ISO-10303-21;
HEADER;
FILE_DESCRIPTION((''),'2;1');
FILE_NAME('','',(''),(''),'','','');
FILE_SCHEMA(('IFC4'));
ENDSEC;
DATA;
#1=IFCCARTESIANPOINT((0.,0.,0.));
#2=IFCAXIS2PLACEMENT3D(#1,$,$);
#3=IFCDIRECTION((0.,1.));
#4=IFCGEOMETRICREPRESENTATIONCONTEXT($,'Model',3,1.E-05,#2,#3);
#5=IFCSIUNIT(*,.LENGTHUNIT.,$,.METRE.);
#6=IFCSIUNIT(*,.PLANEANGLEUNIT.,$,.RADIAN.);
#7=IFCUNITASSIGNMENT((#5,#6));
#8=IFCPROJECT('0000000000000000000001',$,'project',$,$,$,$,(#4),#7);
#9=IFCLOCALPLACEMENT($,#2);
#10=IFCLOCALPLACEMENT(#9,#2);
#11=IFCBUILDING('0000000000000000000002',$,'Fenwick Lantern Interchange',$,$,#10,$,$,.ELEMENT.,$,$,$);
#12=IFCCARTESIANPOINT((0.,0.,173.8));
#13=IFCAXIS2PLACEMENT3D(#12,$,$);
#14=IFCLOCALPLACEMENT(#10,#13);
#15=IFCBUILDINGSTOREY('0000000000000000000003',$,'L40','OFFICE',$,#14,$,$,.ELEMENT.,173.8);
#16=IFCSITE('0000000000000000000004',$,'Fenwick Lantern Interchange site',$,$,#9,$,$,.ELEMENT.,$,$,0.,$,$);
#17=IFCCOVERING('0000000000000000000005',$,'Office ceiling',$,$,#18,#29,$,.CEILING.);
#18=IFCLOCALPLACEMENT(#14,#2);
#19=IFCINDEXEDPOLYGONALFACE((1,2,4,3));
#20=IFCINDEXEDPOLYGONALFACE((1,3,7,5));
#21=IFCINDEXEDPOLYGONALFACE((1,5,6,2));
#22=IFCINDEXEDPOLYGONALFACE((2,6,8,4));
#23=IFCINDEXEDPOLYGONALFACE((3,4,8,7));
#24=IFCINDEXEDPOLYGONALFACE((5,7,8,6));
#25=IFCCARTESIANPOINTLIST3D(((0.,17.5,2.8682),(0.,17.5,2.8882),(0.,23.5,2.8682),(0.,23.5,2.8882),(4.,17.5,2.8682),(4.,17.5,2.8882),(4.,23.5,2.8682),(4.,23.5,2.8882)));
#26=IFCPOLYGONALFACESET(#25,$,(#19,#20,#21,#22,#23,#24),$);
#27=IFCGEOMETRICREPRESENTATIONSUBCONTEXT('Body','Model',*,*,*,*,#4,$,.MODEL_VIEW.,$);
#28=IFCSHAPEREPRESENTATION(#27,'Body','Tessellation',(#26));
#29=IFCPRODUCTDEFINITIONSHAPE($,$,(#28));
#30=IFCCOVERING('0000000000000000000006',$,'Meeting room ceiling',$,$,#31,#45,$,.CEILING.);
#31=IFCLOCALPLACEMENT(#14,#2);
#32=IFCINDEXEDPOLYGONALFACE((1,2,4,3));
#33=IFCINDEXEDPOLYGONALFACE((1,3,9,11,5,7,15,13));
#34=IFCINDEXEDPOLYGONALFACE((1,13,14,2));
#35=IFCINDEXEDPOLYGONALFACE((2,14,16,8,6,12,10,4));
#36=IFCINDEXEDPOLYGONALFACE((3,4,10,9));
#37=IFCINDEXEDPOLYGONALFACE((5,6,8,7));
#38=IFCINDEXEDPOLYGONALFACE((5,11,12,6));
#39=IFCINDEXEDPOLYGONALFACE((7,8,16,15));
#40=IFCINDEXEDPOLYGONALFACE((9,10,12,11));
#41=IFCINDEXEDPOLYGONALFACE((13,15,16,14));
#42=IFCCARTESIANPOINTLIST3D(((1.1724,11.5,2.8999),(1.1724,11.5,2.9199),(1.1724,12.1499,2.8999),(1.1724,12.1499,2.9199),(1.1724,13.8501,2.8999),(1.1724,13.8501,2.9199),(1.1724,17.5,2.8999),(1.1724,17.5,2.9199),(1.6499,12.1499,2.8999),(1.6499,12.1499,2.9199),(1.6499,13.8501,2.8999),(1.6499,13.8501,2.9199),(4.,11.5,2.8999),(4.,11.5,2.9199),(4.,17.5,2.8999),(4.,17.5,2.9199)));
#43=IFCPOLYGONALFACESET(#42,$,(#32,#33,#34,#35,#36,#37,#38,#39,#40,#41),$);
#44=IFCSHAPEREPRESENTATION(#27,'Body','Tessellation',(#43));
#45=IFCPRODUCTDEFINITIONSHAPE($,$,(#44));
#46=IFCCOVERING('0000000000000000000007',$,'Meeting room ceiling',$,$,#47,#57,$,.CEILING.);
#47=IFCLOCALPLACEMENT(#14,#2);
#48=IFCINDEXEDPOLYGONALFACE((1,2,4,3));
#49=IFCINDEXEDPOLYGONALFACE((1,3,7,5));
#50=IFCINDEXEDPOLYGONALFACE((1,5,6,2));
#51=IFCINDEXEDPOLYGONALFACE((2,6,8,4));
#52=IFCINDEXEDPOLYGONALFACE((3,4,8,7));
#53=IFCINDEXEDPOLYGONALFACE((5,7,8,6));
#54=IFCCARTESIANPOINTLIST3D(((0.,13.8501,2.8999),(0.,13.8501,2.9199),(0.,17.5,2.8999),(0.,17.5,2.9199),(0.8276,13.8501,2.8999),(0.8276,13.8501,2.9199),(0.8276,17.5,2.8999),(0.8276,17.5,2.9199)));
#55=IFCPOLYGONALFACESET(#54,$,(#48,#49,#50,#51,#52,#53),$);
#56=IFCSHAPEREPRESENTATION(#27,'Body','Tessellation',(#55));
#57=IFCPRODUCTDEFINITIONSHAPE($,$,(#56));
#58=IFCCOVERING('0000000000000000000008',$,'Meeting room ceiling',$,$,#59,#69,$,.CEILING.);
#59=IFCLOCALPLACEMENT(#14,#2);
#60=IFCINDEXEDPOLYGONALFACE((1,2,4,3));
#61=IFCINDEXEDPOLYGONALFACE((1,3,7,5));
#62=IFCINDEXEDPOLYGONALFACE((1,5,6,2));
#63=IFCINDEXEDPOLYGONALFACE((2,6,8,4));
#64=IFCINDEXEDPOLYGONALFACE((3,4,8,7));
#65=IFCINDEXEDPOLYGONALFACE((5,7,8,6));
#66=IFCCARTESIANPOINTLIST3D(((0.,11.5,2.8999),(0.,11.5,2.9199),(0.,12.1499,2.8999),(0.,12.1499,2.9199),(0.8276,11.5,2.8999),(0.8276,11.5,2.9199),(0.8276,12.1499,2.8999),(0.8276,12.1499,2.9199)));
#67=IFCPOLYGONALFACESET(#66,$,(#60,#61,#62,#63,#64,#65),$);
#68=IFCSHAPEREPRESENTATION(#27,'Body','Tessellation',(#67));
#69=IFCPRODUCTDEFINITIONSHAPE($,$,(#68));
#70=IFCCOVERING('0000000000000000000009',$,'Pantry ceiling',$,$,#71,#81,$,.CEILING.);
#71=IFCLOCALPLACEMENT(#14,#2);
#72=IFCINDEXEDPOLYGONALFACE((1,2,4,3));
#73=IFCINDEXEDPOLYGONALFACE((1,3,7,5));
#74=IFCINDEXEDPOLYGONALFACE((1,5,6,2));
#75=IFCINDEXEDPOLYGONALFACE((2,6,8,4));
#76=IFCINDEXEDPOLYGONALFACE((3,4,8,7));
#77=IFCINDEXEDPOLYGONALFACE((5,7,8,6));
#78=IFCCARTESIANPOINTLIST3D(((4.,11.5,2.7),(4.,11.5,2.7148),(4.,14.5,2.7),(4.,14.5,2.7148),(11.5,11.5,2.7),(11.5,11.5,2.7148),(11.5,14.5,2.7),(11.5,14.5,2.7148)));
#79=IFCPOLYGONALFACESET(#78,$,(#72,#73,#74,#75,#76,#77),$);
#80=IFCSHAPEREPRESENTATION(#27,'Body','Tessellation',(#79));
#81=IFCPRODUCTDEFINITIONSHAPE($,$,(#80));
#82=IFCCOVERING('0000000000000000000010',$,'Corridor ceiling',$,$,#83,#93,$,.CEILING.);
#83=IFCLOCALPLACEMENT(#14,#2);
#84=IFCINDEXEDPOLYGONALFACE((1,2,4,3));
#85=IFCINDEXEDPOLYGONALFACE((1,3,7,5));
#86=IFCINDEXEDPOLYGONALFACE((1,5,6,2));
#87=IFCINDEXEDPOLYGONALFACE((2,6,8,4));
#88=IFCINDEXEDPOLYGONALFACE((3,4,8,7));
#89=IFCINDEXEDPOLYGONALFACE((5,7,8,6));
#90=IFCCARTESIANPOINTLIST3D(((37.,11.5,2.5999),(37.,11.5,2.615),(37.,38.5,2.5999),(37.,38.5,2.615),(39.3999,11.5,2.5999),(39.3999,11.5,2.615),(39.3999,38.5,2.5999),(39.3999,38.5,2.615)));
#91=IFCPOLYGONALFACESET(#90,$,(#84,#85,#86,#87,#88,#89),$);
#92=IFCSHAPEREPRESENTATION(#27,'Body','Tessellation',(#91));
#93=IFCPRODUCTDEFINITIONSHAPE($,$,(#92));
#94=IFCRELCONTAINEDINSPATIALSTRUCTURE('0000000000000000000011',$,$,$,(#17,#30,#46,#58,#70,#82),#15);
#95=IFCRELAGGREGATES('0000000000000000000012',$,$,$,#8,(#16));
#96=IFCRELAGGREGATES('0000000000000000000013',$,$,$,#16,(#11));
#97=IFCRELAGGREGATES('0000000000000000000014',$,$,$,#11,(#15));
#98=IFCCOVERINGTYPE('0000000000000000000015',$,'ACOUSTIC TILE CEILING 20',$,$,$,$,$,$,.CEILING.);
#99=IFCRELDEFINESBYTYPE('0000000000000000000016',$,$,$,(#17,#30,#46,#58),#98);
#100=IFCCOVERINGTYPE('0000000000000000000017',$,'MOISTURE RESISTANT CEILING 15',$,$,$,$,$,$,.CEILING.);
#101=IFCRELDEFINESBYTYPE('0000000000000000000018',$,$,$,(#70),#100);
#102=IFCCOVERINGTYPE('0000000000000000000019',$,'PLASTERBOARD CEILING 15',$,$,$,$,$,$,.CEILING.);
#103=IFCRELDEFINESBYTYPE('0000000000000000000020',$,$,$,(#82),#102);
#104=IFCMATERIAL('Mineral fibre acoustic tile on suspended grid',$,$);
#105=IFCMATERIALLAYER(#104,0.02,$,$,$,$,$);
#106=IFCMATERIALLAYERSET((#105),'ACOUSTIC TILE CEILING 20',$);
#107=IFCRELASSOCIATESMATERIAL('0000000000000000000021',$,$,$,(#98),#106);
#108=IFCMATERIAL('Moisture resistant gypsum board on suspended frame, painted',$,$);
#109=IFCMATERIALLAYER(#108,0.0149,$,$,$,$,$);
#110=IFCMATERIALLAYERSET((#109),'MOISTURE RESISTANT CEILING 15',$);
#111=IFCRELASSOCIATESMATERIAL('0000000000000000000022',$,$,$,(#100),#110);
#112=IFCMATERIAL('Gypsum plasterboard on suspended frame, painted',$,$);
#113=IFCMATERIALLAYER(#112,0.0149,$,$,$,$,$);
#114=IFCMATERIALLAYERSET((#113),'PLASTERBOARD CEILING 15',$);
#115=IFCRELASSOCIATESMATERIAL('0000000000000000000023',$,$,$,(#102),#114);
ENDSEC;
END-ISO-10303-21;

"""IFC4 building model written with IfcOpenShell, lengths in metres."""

from ifc_helpers import new_model, si_unit, direction, frame, origin, place, context, subcontext, project, spatial, polyline, outline, extrude, material, layer, layer_set, type_object, element, save


model = new_model("IFC4")

# Units and contexts
model_context = context("Model", 3, precision=1e-05, world=origin(), true_north=direction((0.0, 1.0)))
body_context = subcontext(model_context, "Body", "Model", "MODEL_VIEW")
ifc_project = project(units=[si_unit("LENGTHUNIT", "METRE"), si_unit("PLANEANGLEUNIT", "RADIAN")], contexts=[model_context])

# Site, building, storey
site_placement = place(None, origin())
site = spatial("IfcSite", under=ifc_project, at=site_placement, Name="Fenwick Lantern Interchange site", CompositionType="ELEMENT", RefElevation=0.0)
building_placement = place(site_placement, origin())
building = spatial("IfcBuilding", under=site, at=building_placement, Name="Fenwick Lantern Interchange", CompositionType="ELEMENT")
storey_placement = place(building_placement, frame((0.0, 0.0, 173.8)))
storey = spatial("IfcBuildingStorey", under=building, at=storey_placement, Name="L40", Description="OFFICE", CompositionType="ELEMENT", Elevation=173.8)

# Coverings
ifc_material_1 = material(Name="Mineral fibre acoustic tile on suspended grid")
ifc_layer_1 = layer(ifc_material_1, 0.02)
ifc_layer_set_1 = layer_set([ifc_layer_1], Name="ACOUSTIC TILE CEILING 20")
covering_type_1 = type_object("IfcCoveringType", Name="ACOUSTIC TILE CEILING 20", PredefinedType="CEILING", material=ifc_layer_set_1)
covering_1_placement = place(storey_placement, frame((0.0, 0.0, 2.8682)))
element("IfcCovering", 1, at=covering_1_placement, inside=storey, type_object=covering_type_1, Name="Office ceiling", PredefinedType="CEILING", context=body_context, shape_type="SweptSolid", body=[
    extrude(outline(polyline([(0.0, 23.5), (0.0, 17.5), (4.0, 17.5), (4.0, 23.5), (0.0, 23.5)])), origin(), (0.0, 0.0, 1.0), 0.02),
])
covering_2_placement = place(storey_placement, frame((0.0, 0.0, 2.8999)))
element("IfcCovering", 2, at=covering_2_placement, inside=storey, type_object=covering_type_1, Name="Meeting room ceiling", PredefinedType="CEILING", context=body_context, shape_type="SweptSolid", body=[
    extrude(outline(polyline([(4.0, 17.5), (1.1724, 17.5), (1.1724, 13.8501), (1.6499, 13.8501), (1.6499, 12.1499), (1.1724, 12.1499), (1.1724, 11.5), (4.0, 11.5), (4.0, 17.5)])), origin(), (0.0, 0.0, 1.0), 0.02),
])
covering_3_placement = place(storey_placement, frame((0.0, 0.0, 2.8999)))
element("IfcCovering", 3, at=covering_3_placement, inside=storey, type_object=covering_type_1, Name="Meeting room ceiling", PredefinedType="CEILING", context=body_context, shape_type="SweptSolid", body=[
    extrude(outline(polyline([(0.8276, 17.5), (0.0, 17.5), (0.0, 13.8501), (0.8276, 13.8501), (0.8276, 17.5)])), origin(), (0.0, 0.0, 1.0), 0.02),
])
covering_4_placement = place(storey_placement, frame((0.0, 0.0, 2.8999)))
element("IfcCovering", 4, at=covering_4_placement, inside=storey, type_object=covering_type_1, Name="Meeting room ceiling", PredefinedType="CEILING", context=body_context, shape_type="SweptSolid", body=[
    extrude(outline(polyline([(0.0, 11.5), (0.8276, 11.5), (0.8276, 12.1499), (0.0, 12.1499), (0.0, 11.5)])), origin(), (0.0, 0.0, 1.0), 0.02),
])
ifc_material_2 = material(Name="Moisture resistant gypsum board on suspended frame, painted")
ifc_layer_2 = layer(ifc_material_2, 0.0149)
ifc_layer_set_2 = layer_set([ifc_layer_2], Name="MOISTURE RESISTANT CEILING 15")
covering_type_2 = type_object("IfcCoveringType", Name="MOISTURE RESISTANT CEILING 15", PredefinedType="CEILING", material=ifc_layer_set_2)
covering_5_placement = place(storey_placement, frame((0.0, 0.0, 2.7)))
element("IfcCovering", 5, at=covering_5_placement, inside=storey, type_object=covering_type_2, Name="Pantry ceiling", PredefinedType="CEILING", context=body_context, shape_type="SweptSolid", body=[
    extrude(outline(polyline([(4.0, 14.5), (4.0, 11.5), (11.5, 11.5), (11.5, 14.5), (4.0, 14.5)])), origin(), (0.0, 0.0, 1.0), 0.0149),
])
ifc_material_3 = material(Name="Gypsum plasterboard on suspended frame, painted")
ifc_layer_3 = layer(ifc_material_3, 0.0149)
ifc_layer_set_3 = layer_set([ifc_layer_3], Name="PLASTERBOARD CEILING 15")
covering_type_3 = type_object("IfcCoveringType", Name="PLASTERBOARD CEILING 15", PredefinedType="CEILING", material=ifc_layer_set_3)
covering_6_placement = place(storey_placement, frame((0.0, 0.0, 2.5999)))
element("IfcCovering", 6, at=covering_6_placement, inside=storey, type_object=covering_type_3, Name="Corridor ceiling", PredefinedType="CEILING", context=body_context, shape_type="SweptSolid", body=[
    extrude(outline(polyline([(39.3999, 38.5), (37.0, 38.5), (37.0, 11.5), (39.3999, 11.5), (39.3999, 38.5)])), origin(), (0.0, 0.0, 1.0), 0.0151),
])

save(model, "model.ifc")
